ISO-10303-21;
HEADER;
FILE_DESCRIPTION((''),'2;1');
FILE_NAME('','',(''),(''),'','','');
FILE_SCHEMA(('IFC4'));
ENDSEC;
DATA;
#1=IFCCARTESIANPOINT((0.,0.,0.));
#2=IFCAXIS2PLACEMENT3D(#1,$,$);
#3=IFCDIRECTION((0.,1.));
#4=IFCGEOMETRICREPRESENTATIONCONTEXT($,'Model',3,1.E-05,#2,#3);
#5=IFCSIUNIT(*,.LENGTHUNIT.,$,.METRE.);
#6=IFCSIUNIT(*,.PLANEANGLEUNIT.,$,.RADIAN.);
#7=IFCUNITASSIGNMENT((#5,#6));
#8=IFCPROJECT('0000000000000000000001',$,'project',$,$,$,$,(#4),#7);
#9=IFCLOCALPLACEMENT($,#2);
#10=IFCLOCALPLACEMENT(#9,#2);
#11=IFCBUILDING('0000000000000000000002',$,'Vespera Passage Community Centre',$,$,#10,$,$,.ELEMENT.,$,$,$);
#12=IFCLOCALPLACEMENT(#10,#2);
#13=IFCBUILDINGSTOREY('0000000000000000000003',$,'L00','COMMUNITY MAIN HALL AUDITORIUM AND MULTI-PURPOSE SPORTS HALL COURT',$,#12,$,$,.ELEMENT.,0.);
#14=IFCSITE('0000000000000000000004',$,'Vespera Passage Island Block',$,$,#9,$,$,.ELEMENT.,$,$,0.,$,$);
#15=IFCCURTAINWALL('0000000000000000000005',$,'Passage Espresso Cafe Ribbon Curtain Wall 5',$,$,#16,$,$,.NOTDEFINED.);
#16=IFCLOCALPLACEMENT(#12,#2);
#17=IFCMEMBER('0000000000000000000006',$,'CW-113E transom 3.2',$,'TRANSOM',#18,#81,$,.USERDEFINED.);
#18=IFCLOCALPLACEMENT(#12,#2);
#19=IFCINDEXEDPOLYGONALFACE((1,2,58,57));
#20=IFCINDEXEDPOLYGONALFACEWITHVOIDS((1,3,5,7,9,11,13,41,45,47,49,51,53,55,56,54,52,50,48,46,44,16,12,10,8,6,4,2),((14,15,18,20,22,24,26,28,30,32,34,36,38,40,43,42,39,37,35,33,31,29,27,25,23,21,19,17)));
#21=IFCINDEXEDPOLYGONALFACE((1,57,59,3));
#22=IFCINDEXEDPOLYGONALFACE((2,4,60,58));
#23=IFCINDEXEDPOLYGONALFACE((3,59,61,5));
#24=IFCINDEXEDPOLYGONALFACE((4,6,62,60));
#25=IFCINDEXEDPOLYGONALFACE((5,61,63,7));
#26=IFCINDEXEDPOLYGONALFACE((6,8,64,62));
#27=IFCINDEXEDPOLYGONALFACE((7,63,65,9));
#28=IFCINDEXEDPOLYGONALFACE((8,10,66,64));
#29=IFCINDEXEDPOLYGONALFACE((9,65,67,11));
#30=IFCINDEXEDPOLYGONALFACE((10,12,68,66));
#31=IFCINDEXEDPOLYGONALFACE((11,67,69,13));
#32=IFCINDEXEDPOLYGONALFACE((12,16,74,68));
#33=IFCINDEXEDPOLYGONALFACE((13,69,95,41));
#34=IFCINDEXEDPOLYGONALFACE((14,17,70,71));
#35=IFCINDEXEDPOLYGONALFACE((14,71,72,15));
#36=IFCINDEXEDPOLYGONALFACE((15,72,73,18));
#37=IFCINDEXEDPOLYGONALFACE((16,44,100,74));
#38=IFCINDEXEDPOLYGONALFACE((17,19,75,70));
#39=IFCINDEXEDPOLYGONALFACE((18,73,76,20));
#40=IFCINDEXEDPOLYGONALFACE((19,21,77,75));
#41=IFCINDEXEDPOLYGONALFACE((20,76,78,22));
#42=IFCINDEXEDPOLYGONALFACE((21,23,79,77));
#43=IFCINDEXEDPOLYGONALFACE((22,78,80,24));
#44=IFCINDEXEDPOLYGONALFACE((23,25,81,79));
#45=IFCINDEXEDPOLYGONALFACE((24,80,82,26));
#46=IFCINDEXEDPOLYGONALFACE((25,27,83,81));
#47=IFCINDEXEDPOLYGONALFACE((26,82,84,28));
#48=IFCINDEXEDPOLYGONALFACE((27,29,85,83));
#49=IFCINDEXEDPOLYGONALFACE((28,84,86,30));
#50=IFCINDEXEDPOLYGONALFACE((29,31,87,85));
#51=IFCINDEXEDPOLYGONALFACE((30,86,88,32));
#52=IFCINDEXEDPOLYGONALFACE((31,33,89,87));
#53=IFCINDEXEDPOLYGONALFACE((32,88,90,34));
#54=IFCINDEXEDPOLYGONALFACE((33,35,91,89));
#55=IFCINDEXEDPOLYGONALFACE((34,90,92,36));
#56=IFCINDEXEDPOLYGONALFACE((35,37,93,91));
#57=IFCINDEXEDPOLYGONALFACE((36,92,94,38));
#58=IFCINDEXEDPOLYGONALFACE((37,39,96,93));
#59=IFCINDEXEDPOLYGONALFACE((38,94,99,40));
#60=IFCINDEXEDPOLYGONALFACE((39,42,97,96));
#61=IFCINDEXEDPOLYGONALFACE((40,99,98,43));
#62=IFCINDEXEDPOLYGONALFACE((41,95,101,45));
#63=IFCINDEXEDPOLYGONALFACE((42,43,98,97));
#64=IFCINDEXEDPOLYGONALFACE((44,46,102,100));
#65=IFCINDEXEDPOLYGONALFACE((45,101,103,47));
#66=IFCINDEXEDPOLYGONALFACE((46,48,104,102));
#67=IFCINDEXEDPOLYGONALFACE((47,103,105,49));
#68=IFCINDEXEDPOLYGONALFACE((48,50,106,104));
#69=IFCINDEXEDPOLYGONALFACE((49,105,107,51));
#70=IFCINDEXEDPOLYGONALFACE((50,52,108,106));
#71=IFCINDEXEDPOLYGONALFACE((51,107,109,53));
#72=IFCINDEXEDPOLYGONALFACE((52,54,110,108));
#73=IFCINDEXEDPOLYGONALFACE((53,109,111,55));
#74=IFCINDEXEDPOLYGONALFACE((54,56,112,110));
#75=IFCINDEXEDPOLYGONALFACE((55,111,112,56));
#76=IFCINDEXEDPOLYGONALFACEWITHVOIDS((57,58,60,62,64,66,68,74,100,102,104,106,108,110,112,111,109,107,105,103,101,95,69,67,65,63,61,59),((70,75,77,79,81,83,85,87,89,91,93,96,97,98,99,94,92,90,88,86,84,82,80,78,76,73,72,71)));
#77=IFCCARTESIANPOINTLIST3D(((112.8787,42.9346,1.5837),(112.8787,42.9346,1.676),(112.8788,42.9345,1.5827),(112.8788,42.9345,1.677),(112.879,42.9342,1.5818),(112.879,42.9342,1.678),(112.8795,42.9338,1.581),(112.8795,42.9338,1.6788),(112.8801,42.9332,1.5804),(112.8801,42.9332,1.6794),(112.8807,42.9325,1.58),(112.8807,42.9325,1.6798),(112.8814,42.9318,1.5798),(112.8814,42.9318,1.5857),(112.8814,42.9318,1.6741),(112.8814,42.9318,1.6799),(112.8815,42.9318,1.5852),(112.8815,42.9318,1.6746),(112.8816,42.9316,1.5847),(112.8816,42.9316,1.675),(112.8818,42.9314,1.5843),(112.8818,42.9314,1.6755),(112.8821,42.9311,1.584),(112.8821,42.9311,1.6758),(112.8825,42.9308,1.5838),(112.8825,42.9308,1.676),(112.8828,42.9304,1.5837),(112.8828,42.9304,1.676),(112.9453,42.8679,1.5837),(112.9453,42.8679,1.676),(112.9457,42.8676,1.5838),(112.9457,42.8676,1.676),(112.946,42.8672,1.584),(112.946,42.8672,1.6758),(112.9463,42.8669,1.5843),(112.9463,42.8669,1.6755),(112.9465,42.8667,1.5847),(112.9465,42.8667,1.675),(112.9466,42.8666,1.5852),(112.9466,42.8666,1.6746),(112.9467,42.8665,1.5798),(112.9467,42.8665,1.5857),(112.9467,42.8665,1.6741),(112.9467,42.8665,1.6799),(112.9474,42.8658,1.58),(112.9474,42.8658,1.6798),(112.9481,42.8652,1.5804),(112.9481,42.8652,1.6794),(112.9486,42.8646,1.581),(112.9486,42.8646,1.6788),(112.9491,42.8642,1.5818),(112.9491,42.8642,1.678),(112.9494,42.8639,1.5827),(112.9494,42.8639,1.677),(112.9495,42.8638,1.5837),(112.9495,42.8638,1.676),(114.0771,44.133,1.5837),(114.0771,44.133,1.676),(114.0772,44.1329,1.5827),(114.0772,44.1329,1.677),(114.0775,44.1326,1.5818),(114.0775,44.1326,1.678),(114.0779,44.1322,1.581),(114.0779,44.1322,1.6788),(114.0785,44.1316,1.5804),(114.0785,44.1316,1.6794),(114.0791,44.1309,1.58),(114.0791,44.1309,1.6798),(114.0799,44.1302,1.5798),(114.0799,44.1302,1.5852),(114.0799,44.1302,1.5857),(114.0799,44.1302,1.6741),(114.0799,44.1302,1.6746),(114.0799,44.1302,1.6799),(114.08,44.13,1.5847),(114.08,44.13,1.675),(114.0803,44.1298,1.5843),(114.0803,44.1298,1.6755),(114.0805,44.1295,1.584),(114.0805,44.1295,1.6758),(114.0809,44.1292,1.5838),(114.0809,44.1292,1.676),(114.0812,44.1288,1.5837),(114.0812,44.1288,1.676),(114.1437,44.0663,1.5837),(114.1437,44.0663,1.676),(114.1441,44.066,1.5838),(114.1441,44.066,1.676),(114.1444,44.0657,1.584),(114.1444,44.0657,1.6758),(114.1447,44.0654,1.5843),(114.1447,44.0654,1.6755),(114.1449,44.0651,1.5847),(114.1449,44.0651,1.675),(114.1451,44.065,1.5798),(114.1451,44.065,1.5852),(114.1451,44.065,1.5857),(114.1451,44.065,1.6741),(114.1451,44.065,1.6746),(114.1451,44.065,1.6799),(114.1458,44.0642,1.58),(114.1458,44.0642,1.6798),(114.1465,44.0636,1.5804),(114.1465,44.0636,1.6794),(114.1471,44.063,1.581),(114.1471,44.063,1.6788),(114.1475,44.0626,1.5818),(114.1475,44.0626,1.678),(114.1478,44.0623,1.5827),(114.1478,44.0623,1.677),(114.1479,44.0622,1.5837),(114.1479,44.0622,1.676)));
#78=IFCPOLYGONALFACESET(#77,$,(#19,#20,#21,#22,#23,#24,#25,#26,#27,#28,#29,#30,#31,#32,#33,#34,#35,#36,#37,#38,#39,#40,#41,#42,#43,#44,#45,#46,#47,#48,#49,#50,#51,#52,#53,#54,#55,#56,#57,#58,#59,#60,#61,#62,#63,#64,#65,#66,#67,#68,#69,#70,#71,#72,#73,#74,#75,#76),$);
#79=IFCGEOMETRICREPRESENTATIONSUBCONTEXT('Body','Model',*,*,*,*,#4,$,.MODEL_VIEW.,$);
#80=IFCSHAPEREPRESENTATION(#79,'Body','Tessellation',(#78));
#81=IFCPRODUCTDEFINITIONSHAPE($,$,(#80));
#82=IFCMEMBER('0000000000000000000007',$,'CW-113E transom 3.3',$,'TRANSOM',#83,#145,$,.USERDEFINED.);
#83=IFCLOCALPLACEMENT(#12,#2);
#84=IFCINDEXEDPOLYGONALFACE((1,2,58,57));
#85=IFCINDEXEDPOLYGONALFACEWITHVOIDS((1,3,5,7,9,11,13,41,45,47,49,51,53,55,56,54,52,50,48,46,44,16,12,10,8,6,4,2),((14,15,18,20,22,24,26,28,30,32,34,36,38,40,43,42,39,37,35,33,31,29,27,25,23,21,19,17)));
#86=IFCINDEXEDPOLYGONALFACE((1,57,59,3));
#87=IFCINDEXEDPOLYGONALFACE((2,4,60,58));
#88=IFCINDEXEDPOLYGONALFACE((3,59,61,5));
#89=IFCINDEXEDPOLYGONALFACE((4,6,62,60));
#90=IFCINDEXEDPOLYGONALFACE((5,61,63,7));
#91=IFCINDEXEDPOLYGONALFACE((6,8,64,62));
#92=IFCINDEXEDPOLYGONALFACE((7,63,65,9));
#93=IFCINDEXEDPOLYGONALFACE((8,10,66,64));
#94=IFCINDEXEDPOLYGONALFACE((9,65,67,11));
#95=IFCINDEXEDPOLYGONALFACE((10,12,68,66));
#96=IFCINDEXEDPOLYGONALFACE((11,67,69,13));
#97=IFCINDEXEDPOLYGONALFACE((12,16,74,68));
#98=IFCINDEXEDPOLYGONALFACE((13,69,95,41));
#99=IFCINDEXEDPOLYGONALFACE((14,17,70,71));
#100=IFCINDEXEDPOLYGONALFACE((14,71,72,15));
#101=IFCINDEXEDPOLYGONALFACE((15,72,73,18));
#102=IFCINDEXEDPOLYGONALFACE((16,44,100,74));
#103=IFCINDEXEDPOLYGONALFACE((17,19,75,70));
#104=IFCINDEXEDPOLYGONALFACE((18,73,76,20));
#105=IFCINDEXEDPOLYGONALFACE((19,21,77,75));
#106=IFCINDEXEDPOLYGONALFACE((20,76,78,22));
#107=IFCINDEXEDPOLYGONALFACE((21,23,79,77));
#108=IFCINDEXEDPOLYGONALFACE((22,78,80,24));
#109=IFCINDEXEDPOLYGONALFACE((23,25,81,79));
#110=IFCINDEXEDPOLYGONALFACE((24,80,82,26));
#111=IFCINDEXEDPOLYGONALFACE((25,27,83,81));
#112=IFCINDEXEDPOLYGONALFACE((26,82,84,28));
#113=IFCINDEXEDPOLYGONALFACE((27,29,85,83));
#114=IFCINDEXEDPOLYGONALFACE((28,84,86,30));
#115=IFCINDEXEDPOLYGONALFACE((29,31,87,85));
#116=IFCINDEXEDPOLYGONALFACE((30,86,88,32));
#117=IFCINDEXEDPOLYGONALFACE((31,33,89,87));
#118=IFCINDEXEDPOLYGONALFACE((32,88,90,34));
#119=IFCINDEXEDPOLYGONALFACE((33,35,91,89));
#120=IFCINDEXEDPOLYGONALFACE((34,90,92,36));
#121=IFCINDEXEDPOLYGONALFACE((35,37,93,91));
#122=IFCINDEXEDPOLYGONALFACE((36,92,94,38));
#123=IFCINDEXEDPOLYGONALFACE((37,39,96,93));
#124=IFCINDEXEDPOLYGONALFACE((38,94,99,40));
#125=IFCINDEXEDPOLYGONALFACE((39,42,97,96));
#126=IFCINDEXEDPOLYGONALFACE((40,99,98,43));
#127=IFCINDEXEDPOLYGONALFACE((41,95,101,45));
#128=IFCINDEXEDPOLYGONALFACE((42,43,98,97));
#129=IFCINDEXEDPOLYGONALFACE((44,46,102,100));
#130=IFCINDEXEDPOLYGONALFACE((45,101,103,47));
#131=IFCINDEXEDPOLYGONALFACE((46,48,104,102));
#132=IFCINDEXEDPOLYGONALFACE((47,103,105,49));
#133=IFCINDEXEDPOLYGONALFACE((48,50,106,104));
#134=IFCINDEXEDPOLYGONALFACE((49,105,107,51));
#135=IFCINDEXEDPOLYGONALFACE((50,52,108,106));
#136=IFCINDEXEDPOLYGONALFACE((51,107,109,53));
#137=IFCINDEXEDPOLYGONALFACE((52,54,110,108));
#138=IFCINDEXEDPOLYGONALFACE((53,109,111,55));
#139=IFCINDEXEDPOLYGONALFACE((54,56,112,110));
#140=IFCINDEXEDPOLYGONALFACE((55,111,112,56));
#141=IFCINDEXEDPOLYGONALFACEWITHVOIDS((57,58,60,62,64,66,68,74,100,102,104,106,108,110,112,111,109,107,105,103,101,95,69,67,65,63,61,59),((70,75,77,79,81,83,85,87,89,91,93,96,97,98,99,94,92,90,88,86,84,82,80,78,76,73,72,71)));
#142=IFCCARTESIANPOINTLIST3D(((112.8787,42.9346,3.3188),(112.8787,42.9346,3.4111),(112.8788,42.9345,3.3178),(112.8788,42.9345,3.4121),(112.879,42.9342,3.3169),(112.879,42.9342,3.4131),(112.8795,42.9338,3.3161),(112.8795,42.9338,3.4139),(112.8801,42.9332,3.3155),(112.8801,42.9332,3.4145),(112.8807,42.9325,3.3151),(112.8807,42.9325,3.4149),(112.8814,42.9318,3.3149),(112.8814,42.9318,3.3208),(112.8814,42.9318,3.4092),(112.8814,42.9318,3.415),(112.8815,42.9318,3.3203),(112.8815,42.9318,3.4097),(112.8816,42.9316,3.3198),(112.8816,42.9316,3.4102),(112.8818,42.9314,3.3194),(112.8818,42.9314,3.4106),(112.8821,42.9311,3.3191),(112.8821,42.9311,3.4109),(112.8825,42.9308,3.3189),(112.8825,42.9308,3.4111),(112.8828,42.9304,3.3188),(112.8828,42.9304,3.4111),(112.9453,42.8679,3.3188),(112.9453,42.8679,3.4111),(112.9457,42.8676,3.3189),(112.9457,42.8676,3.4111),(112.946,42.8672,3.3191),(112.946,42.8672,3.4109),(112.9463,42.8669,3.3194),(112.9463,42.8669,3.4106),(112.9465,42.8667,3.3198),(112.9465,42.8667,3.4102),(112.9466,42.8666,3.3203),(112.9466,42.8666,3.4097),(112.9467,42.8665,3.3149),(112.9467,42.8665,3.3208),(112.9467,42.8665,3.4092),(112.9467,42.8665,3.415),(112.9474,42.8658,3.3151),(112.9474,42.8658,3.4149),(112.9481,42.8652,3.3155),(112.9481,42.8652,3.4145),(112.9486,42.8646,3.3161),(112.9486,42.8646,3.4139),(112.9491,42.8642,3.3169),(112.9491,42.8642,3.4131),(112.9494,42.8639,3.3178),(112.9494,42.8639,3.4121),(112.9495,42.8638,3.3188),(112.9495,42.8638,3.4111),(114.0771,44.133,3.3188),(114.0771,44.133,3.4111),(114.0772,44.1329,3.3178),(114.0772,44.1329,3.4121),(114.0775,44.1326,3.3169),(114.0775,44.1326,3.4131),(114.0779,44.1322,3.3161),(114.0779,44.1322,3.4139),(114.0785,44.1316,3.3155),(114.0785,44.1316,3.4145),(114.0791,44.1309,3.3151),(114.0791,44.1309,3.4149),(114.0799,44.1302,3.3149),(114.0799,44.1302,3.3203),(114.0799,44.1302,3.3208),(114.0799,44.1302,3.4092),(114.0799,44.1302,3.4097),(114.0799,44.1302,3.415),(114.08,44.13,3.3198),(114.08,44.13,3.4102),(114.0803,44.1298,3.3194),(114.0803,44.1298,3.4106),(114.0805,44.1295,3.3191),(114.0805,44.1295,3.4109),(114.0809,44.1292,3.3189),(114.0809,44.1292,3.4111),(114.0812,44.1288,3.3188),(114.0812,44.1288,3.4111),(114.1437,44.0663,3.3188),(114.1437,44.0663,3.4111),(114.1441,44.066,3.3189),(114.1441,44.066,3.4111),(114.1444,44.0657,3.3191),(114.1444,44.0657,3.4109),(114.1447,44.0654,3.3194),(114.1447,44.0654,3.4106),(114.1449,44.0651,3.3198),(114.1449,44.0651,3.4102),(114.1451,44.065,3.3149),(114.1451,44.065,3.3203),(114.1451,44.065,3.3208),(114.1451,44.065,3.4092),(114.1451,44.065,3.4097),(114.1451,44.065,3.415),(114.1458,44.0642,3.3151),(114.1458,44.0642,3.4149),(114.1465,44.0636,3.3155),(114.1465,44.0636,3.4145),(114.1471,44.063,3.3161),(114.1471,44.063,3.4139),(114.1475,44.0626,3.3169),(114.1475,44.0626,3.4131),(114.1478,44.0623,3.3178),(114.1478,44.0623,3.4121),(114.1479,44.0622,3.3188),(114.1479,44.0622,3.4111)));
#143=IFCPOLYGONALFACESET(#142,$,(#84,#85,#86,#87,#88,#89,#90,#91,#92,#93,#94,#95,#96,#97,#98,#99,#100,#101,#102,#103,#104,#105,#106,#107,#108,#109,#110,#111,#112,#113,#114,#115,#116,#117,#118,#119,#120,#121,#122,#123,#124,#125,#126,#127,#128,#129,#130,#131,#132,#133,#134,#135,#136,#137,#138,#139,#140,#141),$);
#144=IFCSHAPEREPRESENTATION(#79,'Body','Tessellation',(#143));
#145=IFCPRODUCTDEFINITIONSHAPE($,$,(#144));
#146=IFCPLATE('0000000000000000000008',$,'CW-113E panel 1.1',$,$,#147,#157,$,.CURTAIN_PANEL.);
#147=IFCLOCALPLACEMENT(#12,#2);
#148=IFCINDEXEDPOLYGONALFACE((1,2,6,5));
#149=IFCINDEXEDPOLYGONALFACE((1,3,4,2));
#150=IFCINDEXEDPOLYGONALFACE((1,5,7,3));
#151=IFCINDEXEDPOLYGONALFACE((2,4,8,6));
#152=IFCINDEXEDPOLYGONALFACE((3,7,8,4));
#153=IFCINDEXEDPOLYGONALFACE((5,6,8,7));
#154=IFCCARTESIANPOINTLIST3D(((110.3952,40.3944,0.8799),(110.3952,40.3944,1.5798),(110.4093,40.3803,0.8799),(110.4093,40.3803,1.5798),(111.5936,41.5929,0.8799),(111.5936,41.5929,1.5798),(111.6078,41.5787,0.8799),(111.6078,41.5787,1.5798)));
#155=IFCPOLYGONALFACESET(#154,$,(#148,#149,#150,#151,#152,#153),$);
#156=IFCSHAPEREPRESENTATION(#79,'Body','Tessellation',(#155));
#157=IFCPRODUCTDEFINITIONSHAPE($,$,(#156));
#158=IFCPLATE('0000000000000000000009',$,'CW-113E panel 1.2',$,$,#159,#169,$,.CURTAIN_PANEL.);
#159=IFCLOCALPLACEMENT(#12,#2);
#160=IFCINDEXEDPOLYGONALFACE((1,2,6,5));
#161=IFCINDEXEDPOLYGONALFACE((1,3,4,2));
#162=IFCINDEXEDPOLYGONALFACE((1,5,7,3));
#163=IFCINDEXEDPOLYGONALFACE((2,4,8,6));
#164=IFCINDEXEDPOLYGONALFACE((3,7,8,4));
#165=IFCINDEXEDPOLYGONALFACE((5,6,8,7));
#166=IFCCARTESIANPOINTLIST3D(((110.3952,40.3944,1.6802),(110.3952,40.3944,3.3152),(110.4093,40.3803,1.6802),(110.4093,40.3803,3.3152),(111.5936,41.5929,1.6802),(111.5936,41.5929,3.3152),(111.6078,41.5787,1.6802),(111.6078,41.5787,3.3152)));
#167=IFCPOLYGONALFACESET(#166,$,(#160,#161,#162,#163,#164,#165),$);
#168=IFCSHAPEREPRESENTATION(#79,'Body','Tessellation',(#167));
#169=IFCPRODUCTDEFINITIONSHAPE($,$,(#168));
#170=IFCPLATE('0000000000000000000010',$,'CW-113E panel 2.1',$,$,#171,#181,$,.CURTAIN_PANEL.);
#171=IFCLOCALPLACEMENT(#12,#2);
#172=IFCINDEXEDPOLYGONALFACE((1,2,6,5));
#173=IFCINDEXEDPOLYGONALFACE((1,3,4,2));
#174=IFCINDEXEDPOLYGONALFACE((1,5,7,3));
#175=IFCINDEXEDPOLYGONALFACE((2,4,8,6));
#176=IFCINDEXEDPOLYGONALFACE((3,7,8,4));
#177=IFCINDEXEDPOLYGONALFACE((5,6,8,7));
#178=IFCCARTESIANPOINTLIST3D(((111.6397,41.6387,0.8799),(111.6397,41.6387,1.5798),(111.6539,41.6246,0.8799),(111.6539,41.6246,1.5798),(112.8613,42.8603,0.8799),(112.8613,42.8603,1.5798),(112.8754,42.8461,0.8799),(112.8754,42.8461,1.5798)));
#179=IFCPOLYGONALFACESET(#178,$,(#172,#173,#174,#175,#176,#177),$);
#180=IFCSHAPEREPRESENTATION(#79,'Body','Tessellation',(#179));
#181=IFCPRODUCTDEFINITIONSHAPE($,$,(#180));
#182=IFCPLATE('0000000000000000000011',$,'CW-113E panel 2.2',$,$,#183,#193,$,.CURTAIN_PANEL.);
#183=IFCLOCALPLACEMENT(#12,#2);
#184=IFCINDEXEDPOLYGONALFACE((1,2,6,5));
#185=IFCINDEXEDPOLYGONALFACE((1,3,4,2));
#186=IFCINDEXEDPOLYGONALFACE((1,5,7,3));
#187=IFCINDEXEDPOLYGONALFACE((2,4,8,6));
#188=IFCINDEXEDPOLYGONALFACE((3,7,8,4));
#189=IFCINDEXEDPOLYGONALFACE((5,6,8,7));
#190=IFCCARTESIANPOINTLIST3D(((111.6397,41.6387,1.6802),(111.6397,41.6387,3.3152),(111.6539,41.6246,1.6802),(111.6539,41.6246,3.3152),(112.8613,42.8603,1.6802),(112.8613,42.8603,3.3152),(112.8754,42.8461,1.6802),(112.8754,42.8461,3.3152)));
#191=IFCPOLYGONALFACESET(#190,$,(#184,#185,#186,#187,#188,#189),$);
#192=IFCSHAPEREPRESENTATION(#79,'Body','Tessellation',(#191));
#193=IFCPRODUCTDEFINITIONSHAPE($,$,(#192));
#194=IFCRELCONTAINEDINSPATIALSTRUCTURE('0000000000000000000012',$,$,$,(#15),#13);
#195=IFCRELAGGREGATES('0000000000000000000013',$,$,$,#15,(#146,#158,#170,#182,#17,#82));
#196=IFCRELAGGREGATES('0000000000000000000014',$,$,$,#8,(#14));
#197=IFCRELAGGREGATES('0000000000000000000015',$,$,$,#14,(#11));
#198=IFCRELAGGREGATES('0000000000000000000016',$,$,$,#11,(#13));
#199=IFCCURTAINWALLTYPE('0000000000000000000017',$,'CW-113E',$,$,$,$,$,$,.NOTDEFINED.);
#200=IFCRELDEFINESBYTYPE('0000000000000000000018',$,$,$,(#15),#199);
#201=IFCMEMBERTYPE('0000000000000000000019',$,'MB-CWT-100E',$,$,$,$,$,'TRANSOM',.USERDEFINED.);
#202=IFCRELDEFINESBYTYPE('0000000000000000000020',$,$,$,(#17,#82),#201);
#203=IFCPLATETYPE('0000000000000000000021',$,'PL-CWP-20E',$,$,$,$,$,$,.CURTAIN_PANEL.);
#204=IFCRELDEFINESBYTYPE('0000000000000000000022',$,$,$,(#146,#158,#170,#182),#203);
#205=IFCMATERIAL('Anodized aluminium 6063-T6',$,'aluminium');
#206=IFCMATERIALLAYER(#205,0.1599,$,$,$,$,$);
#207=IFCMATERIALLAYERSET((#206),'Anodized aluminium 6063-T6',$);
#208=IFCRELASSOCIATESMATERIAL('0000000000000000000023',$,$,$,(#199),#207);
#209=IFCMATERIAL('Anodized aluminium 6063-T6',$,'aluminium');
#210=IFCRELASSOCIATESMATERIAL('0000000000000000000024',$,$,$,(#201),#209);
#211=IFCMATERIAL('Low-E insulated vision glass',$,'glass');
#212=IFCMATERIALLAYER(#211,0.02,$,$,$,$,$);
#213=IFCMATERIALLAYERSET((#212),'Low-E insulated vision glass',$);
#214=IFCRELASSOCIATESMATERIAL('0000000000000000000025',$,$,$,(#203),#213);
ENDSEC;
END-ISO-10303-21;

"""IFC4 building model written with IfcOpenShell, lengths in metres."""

from ifc_helpers import new_model, si_unit, direction, frame, origin, origin_2d, place, context, subcontext, project, spatial, rectangle, hollow_rectangle, extrude, material, layer, layer_set, material_profile, profile_set, type_object, element, aggregate, save


model = new_model("IFC4")

# Units and contexts
model_context = context("Model", 3, precision=1e-05, world=origin(), true_north=direction((0.0, 1.0)))
body_context = subcontext(model_context, "Body", "Model", "MODEL_VIEW")
ifc_project = project(units=[si_unit("LENGTHUNIT", "METRE"), si_unit("PLANEANGLEUNIT", "RADIAN")], contexts=[model_context])

# Site, building, storey
site_placement = place(None, origin())
site = spatial("IfcSite", under=ifc_project, at=site_placement, Name="Vespera Passage Island Block", CompositionType="ELEMENT", RefElevation=0.0)
building_placement = place(site_placement, origin())
building = spatial("IfcBuilding", under=site, at=building_placement, Name="Vespera Passage Community Centre", CompositionType="ELEMENT")
storey_placement = place(building_placement, origin())
storey = spatial("IfcBuildingStorey", under=building, at=storey_placement, Name="L00", Description="COMMUNITY MAIN HALL AUDITORIUM AND MULTI-PURPOSE SPORTS HALL COURT", CompositionType="ELEMENT", Elevation=0.0)

# Curtain wall, members, plates
ifc_material_1 = material(Name="Anodized aluminium 6063-T6", Category="aluminium")
ifc_layer_1 = layer(ifc_material_1, 0.1599)
ifc_layer_set_1 = layer_set([ifc_layer_1], Name="Anodized aluminium 6063-T6")
curtain_wall_type = type_object("IfcCurtainWallType", Name="CW-113E", PredefinedType="NOTDEFINED", material=ifc_layer_set_1)
curtain_wall_placement = place(storey_placement, origin())
curtain_wall = element("IfcCurtainWall", 1, at=curtain_wall_placement, inside=storey, type_object=curtain_wall_type, Name="Passage Espresso Cafe Ribbon Curtain Wall 5", PredefinedType="NOTDEFINED")
ifc_material_2 = material(Name="Anodized aluminium 6063-T6", Category="aluminium")
ifc_material_profile_1 = material_profile(ifc_material_2, hollow_rectangle(XDim=0.1001, YDim=0.1001, WallThickness=0.0039, InnerFilletRadius=0.002, OuterFilletRadius=0.0039, at=origin_2d()), Name="ALU100X100X4")
ifc_profile_set_1 = profile_set([ifc_material_profile_1], Name="Anodized aluminium 6063-T6")
member_type_1 = type_object("IfcMemberType", Name="MB-CWT-100E", ElementType="TRANSOM", PredefinedType="USERDEFINED", material=ifc_profile_set_1)
member_1_placement = place(storey_placement, frame((112.9141, 42.8992, 1.6299), z_axis=(0.707107, 0.707107, 0.0), x_axis=(-0.707107, 0.707107, 0.0)))
member_1 = element("IfcMember", 2, at=member_1_placement, type_object=member_type_1, Name="CW-113E transom 3.2", ObjectType="TRANSOM", PredefinedType="USERDEFINED", context=body_context, shape_type="SweptSolid", body=[
    extrude(hollow_rectangle(XDim=0.1001, YDim=0.1001, WallThickness=0.0039, InnerFilletRadius=0.002, OuterFilletRadius=0.0039, at=origin_2d()), origin(), (0.0, 0.0, 1.0), 1.6948),
])
member_2_placement = place(storey_placement, frame((112.9141, 42.8992, 3.365), z_axis=(0.707107, 0.707107, 0.0), x_axis=(-0.707107, 0.707107, 0.0)))
member_2 = element("IfcMember", 3, at=member_2_placement, type_object=member_type_1, Name="CW-113E transom 3.3", ObjectType="TRANSOM", PredefinedType="USERDEFINED", context=body_context, shape_type="SweptSolid", body=[
    extrude(hollow_rectangle(XDim=0.1001, YDim=0.1001, WallThickness=0.0039, InnerFilletRadius=0.002, OuterFilletRadius=0.0039, at=origin_2d()), origin(), (0.0, 0.0, 1.0), 1.6948),
])
ifc_material_3 = material(Name="Low-E insulated vision glass", Category="glass")
ifc_layer_2 = layer(ifc_material_3, 0.02)
ifc_layer_set_2 = layer_set([ifc_layer_2], Name="Low-E insulated vision glass")
plate_type = type_object("IfcPlateType", Name="PL-CWP-20E", PredefinedType="CURTAIN_PANEL", material=ifc_layer_set_2)
plate_1_placement = place(storey_placement, frame((111.0015, 40.9866, 0.8799), z_axis=(0.0, 0.0, 1.0), x_axis=(0.707107, 0.707107, 0.0)))
plate_1 = element("IfcPlate", 4, at=plate_1_placement, type_object=plate_type, Name="CW-113E panel 1.1", PredefinedType="CURTAIN_PANEL", context=body_context, shape_type="SweptSolid", body=[
    extrude(rectangle(XDim=1.6948, YDim=0.02, at=origin_2d()), origin(), (0.0, 0.0, 1.0), 0.7),
])
plate_2_placement = place(storey_placement, frame((111.0015, 40.9866, 1.6802), z_axis=(0.0, 0.0, 1.0), x_axis=(0.707107, 0.707107, 0.0)))
plate_2 = element("IfcPlate", 5, at=plate_2_placement, type_object=plate_type, Name="CW-113E panel 1.2", PredefinedType="CURTAIN_PANEL", context=body_context, shape_type="SweptSolid", body=[
    extrude(rectangle(XDim=1.6948, YDim=0.02, at=origin_2d()), origin(), (0.0, 0.0, 1.0), 1.635),
])
plate_3_placement = place(storey_placement, frame((112.2576, 42.2424, 0.8799), z_axis=(0.0, 0.0, 1.0), x_axis=(0.707107, 0.707107, 0.0)))
plate_3 = element("IfcPlate", 6, at=plate_3_placement, type_object=plate_type, Name="CW-113E panel 2.1", PredefinedType="CURTAIN_PANEL", context=body_context, shape_type="SweptSolid", body=[
    extrude(rectangle(XDim=1.7275, YDim=0.02, at=origin_2d()), origin(), (0.0, 0.0, 1.0), 0.7),
])
plate_4_placement = place(storey_placement, frame((112.2576, 42.2424, 1.6802), z_axis=(0.0, 0.0, 1.0), x_axis=(0.707107, 0.707107, 0.0)))
plate_4 = element("IfcPlate", 7, at=plate_4_placement, type_object=plate_type, Name="CW-113E panel 2.2", PredefinedType="CURTAIN_PANEL", context=body_context, shape_type="SweptSolid", body=[
    extrude(rectangle(XDim=1.7275, YDim=0.02, at=origin_2d()), origin(), (0.0, 0.0, 1.0), 1.635),
])
aggregate(curtain_wall, [plate_1, plate_2, plate_3, plate_4, member_1, member_2])

save(model, "model.ifc")
